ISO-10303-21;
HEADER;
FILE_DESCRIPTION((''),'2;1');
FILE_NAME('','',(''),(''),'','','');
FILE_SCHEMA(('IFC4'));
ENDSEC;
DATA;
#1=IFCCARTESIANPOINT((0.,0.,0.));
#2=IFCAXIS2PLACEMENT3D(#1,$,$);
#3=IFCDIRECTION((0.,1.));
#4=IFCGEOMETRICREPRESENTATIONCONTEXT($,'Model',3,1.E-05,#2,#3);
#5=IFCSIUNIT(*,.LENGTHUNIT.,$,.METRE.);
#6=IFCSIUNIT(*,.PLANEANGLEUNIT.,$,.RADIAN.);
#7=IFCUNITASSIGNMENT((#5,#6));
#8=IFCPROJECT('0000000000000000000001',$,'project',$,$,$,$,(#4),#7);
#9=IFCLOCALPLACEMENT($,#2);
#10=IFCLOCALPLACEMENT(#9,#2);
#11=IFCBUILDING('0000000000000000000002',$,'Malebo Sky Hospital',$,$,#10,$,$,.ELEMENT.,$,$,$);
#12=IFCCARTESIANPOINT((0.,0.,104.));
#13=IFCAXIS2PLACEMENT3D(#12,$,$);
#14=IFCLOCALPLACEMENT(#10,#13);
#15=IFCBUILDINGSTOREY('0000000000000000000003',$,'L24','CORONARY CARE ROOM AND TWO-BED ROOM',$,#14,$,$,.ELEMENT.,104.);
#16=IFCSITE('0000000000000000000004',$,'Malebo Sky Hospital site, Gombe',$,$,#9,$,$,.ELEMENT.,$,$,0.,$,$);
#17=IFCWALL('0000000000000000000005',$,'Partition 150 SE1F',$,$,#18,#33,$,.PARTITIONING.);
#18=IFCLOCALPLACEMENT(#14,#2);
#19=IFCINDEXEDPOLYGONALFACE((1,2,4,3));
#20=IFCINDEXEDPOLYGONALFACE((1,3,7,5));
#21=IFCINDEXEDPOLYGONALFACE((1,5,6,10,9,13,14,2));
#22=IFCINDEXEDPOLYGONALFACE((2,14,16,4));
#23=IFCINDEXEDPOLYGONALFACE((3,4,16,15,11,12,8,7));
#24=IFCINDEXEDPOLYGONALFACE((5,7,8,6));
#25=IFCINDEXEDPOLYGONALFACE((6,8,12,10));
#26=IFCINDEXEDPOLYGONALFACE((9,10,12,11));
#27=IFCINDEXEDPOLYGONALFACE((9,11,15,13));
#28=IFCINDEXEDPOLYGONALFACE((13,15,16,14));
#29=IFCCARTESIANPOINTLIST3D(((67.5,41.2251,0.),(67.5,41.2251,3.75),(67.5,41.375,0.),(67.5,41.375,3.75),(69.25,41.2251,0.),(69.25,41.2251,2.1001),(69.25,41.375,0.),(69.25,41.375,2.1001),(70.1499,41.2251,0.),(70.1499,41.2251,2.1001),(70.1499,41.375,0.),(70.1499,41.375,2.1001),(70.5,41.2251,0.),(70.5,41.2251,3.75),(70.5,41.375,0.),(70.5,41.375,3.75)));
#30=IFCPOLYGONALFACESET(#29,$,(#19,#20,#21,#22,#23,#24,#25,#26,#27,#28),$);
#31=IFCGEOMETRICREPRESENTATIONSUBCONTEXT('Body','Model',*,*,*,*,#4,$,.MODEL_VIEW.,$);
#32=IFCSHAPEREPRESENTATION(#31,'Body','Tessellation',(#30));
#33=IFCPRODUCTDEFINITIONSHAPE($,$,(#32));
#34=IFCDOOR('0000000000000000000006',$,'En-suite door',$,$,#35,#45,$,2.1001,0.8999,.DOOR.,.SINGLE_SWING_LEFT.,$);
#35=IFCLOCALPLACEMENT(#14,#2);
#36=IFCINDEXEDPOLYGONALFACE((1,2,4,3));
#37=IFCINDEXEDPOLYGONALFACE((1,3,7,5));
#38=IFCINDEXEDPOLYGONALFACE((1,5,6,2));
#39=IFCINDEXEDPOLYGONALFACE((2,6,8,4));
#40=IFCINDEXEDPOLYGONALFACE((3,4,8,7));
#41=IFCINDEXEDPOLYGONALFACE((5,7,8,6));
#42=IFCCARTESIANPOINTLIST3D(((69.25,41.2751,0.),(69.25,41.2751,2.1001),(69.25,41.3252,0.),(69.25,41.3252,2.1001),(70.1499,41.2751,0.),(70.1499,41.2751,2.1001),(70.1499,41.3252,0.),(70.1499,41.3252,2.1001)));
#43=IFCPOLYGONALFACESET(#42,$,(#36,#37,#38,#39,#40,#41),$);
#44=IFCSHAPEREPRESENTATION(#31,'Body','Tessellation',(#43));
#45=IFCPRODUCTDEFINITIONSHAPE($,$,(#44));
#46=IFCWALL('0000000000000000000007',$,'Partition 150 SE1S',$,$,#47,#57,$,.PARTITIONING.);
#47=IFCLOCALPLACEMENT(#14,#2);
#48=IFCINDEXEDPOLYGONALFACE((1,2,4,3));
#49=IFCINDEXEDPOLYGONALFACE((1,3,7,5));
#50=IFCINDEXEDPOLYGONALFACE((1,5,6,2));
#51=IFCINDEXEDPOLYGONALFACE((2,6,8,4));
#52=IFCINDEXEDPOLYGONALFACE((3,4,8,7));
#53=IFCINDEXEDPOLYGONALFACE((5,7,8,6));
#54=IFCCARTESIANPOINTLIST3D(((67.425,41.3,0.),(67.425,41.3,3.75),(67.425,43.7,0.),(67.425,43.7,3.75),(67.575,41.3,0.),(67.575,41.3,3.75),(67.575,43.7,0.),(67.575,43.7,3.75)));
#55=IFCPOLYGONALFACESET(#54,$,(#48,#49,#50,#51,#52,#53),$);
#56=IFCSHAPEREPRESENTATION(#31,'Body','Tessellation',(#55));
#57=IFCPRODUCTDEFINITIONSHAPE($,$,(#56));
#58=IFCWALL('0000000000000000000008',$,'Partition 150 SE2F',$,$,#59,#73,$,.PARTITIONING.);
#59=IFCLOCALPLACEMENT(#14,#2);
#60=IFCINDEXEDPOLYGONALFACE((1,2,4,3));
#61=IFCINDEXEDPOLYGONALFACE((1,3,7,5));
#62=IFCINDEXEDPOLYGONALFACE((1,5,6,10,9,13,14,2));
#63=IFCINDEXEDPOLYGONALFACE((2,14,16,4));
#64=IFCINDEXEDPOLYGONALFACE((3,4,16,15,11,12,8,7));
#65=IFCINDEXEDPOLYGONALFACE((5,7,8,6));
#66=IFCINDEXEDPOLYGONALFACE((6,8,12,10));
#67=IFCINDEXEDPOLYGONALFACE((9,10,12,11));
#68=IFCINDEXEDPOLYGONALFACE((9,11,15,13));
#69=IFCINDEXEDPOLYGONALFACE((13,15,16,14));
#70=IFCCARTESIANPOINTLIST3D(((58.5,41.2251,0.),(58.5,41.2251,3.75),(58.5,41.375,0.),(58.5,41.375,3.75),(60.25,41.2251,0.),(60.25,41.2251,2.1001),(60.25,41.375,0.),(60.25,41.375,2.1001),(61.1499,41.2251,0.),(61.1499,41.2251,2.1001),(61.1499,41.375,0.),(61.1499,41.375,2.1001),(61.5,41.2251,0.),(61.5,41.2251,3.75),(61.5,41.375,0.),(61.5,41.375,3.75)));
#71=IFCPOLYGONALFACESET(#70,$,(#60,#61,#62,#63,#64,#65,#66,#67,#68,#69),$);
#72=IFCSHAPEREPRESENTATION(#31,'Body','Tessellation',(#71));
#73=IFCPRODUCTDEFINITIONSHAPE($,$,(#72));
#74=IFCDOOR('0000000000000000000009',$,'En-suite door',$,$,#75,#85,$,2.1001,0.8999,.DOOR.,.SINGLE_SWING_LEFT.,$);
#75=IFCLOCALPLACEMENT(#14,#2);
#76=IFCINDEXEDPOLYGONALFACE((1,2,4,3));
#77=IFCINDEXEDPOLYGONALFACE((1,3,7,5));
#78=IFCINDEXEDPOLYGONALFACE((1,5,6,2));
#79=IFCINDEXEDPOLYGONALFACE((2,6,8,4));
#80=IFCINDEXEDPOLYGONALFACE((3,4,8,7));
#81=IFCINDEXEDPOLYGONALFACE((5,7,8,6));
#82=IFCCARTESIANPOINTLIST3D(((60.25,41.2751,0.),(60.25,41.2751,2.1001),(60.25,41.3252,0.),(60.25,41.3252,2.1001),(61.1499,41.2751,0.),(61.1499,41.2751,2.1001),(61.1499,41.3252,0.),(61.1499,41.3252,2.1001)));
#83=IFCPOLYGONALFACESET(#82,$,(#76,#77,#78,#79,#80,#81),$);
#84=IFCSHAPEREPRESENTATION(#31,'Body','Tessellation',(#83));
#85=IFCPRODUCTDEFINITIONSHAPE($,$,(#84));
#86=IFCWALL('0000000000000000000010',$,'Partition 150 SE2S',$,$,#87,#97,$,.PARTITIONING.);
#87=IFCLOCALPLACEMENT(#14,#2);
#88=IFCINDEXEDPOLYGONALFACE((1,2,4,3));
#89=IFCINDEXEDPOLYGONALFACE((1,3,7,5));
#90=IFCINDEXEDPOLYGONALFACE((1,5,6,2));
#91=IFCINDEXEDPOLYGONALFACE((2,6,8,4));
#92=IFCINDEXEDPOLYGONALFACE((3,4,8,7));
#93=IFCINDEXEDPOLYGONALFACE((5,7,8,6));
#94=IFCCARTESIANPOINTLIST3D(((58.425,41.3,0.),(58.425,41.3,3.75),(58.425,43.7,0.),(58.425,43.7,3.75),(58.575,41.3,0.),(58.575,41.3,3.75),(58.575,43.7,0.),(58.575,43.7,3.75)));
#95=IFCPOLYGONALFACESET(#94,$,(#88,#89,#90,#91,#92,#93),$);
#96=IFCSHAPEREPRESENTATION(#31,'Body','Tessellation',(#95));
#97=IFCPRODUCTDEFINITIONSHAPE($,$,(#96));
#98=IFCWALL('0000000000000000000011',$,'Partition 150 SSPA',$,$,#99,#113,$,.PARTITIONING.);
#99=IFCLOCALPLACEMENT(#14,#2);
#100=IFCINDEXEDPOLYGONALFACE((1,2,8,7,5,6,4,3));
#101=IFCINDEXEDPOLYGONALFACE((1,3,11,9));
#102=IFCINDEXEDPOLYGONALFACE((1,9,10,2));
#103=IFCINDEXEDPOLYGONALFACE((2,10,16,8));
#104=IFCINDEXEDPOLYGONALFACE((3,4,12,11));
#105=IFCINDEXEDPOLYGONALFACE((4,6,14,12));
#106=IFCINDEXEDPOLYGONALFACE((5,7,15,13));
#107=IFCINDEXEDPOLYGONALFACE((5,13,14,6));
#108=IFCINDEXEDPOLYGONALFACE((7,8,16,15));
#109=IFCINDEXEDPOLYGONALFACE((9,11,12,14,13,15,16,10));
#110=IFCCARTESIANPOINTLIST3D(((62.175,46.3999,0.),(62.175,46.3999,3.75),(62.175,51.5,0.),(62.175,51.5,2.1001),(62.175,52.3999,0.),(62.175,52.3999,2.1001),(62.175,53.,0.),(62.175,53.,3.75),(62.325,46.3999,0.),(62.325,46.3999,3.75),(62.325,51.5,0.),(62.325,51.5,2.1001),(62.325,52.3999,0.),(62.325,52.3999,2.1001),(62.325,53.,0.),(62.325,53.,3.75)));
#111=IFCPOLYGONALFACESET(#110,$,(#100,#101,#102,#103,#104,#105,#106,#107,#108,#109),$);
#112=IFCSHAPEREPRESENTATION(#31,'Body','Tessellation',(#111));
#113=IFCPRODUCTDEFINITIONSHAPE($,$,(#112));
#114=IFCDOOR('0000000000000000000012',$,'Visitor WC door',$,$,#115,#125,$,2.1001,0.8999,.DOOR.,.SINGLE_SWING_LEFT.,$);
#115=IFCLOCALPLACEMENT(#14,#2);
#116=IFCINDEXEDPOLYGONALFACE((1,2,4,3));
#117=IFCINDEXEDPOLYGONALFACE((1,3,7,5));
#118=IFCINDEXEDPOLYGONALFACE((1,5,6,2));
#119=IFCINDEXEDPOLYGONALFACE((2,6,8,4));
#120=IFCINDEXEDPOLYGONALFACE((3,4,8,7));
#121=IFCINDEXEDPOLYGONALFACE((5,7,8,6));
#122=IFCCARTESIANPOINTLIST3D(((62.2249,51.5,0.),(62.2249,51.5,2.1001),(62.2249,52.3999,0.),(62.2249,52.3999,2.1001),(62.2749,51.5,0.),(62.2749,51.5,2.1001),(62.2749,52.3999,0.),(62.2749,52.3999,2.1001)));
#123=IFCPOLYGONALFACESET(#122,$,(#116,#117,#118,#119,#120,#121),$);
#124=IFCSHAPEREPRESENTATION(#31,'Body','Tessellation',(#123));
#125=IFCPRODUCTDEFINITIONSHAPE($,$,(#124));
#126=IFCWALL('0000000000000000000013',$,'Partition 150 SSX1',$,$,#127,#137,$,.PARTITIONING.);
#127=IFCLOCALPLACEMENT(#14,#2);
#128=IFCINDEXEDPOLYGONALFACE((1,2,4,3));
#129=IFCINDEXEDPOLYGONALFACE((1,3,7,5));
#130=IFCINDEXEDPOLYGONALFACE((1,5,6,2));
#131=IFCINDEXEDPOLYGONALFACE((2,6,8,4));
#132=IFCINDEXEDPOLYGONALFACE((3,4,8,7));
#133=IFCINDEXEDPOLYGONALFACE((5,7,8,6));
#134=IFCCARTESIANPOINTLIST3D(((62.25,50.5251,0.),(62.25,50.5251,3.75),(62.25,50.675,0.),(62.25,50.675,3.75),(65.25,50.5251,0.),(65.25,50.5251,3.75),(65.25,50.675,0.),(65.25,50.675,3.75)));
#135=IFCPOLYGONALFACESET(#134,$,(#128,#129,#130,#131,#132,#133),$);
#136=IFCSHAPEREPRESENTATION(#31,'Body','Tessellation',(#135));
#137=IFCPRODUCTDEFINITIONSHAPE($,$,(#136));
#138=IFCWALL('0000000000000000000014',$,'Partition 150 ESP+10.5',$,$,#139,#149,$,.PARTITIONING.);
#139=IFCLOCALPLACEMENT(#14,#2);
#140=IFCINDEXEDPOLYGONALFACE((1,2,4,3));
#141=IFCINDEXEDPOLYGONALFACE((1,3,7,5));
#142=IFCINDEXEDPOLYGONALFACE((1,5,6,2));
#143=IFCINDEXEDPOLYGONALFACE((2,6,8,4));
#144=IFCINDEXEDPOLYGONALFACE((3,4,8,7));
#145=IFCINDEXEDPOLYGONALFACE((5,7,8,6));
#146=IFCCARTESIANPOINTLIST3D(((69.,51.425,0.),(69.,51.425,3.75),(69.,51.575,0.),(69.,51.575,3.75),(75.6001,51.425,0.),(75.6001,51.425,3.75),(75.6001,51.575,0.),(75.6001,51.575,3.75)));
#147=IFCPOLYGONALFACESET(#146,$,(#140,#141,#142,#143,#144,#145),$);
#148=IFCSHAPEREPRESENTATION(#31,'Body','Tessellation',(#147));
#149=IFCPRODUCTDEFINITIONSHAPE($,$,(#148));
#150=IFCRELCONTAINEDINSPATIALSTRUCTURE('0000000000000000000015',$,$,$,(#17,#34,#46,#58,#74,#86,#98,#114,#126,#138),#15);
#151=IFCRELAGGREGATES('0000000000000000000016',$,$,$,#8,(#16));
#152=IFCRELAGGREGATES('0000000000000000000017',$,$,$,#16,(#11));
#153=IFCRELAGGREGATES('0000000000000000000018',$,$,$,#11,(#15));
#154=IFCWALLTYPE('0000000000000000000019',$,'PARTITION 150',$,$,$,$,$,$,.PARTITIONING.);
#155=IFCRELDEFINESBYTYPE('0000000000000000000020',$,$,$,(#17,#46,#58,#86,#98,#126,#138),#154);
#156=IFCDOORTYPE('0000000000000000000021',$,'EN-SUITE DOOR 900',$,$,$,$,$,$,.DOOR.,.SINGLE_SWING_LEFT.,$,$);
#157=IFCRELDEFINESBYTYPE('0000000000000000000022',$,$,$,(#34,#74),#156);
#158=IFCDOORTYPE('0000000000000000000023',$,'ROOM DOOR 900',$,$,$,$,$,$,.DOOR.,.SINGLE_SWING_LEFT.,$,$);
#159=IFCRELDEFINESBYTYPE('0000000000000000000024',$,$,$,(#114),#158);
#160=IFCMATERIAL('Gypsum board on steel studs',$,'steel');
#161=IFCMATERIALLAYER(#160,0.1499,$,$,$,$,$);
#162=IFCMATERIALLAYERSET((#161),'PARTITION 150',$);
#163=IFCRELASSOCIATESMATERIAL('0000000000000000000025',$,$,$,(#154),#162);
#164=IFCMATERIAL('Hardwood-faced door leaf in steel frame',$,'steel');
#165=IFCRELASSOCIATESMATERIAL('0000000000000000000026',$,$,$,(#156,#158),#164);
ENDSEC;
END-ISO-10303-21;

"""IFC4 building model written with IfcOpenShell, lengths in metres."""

from ifc_helpers import new_model, si_unit, direction, frame, frame_2d, origin, place, context, subcontext, project, spatial, rectangle, extrude, material, layer, layer_set, type_object, element, fill, save


model = new_model("IFC4")

# Units and contexts
model_context = context("Model", 3, precision=1e-05, world=origin(), true_north=direction((0.0, 1.0)))
body_context = subcontext(model_context, "Body", "Model", "MODEL_VIEW")
ifc_project = project(units=[si_unit("LENGTHUNIT", "METRE"), si_unit("PLANEANGLEUNIT", "RADIAN")], contexts=[model_context])

# Site, building, storey
site_placement = place(None, origin())
site = spatial("IfcSite", under=ifc_project, at=site_placement, Name="Malebo Sky Hospital site, Gombe", CompositionType="ELEMENT", RefElevation=0.0)
building_placement = place(site_placement, origin())
building = spatial("IfcBuilding", under=site, at=building_placement, Name="Malebo Sky Hospital", CompositionType="ELEMENT")
storey_placement = place(building_placement, frame((0.0, 0.0, 104.0)))
storey = spatial("IfcBuildingStorey", under=building, at=storey_placement, Name="L24", Description="CORONARY CARE ROOM AND TWO-BED ROOM", CompositionType="ELEMENT", Elevation=104.0)

# Shared definitions
ifc_material_1 = material(Name="Gypsum board on steel studs", Category="steel")
ifc_layer = layer(ifc_material_1, 0.1499)
ifc_layer_set = layer_set([ifc_layer], Name="PARTITION 150")
wall_type = type_object("IfcWallType", Name="PARTITION 150", PredefinedType="PARTITIONING", material=ifc_layer_set)

# Wall, opening, door
wall_1_placement = place(storey_placement, frame((70.5, 41.3, 0.0), z_axis=(0.0, 0.0, 1.0), x_axis=(-1.0, 0.0, 0.0)))
wall_1 = element("IfcWall", 1, at=wall_1_placement, inside=storey, type_object=wall_type, Name="Partition 150 SE1F", PredefinedType="PARTITIONING", context=body_context, shape_type="SweptSolid", body=[
    extrude(rectangle(XDim=3.0, YDim=0.1499, at=frame_2d((1.5, 0.0))), origin(), (0.0, 0.0, 1.0), 3.75),
])
opening_1_placement = place(wall_1_placement, frame((0.3501, 0.0, 0.0)))
opening_1 = element("IfcOpeningElement", 2, at=opening_1_placement, cuts=wall_1, PredefinedType="OPENING", context=body_context, shape_type="SweptSolid", body=[
    extrude(rectangle(XDim=0.8999, YDim=2.1001, at=frame_2d((0.45, 1.05))), frame((0.0, 0.085, 0.0), z_axis=(0.0, -1.0, 0.0), x_axis=(1.0, 0.0, 0.0)), (0.0, 0.0, 1.0), 0.1699),
])
ifc_material_2 = material(Name="Hardwood-faced door leaf in steel frame", Category="steel")
door_type_1 = type_object("IfcDoorType", Name="EN-SUITE DOOR 900", OperationType="SINGLE_SWING_LEFT", PredefinedType="DOOR", material=ifc_material_2)
door_1_placement = place(opening_1_placement, origin())
door_1 = element("IfcDoor", 3, at=door_1_placement, inside=storey, type_object=door_type_1, Name="En-suite door", OperationType="SINGLE_SWING_LEFT", OverallHeight=2.1001, OverallWidth=0.8999, PredefinedType="DOOR", context=body_context, shape_type="SweptSolid", body=[
    extrude(rectangle(XDim=0.8999, YDim=2.1001, at=frame_2d((0.45, 1.05))), frame((0.0, 0.0249, 0.0), z_axis=(0.0, -1.0, 0.0), x_axis=(1.0, 0.0, 0.0)), (0.0, 0.0, 1.0), 0.05),
])
fill(opening_1, door_1)

# Wall
wall_2_placement = place(storey_placement, frame((67.5, 43.7, 0.0), z_axis=(0.0, 0.0, 1.0), x_axis=(0.0, -1.0, 0.0)))
element("IfcWall", 4, at=wall_2_placement, inside=storey, type_object=wall_type, Name="Partition 150 SE1S", PredefinedType="PARTITIONING", context=body_context, shape_type="SweptSolid", body=[
    extrude(rectangle(XDim=2.3999, YDim=0.1499, at=frame_2d((1.2, 0.0))), origin(), (0.0, 0.0, 1.0), 3.75),
])

# Wall, opening, door
wall_3_placement = place(storey_placement, frame((61.5, 41.3, 0.0), z_axis=(0.0, 0.0, 1.0), x_axis=(-1.0, 0.0, 0.0)))
wall_3 = element("IfcWall", 5, at=wall_3_placement, inside=storey, type_object=wall_type, Name="Partition 150 SE2F", PredefinedType="PARTITIONING", context=body_context, shape_type="SweptSolid", body=[
    extrude(rectangle(XDim=3.0, YDim=0.1499, at=frame_2d((1.5, 0.0))), origin(), (0.0, 0.0, 1.0), 3.75),
])
opening_2_placement = place(wall_3_placement, frame((0.3501, 0.0, 0.0)))
opening_2 = element("IfcOpeningElement", 6, at=opening_2_placement, cuts=wall_3, PredefinedType="OPENING", context=body_context, shape_type="SweptSolid", body=[
    extrude(rectangle(XDim=0.8999, YDim=2.1001, at=frame_2d((0.45, 1.05))), frame((0.0, 0.085, 0.0), z_axis=(0.0, -1.0, 0.0), x_axis=(1.0, 0.0, 0.0)), (0.0, 0.0, 1.0), 0.1699),
])
door_2_placement = place(opening_2_placement, origin())
door_2 = element("IfcDoor", 7, at=door_2_placement, inside=storey, type_object=door_type_1, Name="En-suite door", OperationType="SINGLE_SWING_LEFT", OverallHeight=2.1001, OverallWidth=0.8999, PredefinedType="DOOR", context=body_context, shape_type="SweptSolid", body=[
    extrude(rectangle(XDim=0.8999, YDim=2.1001, at=frame_2d((0.45, 1.05))), frame((0.0, 0.0249, 0.0), z_axis=(0.0, -1.0, 0.0), x_axis=(1.0, 0.0, 0.0)), (0.0, 0.0, 1.0), 0.05),
])
fill(opening_2, door_2)

# Wall
wall_4_placement = place(storey_placement, frame((58.5, 43.7, 0.0), z_axis=(0.0, 0.0, 1.0), x_axis=(0.0, -1.0, 0.0)))
element("IfcWall", 8, at=wall_4_placement, inside=storey, type_object=wall_type, Name="Partition 150 SE2S", PredefinedType="PARTITIONING", context=body_context, shape_type="SweptSolid", body=[
    extrude(rectangle(XDim=2.3999, YDim=0.1499, at=frame_2d((1.2, 0.0))), origin(), (0.0, 0.0, 1.0), 3.75),
])

# Wall, opening, door
wall_5_placement = place(storey_placement, frame((62.25, 53.0, 0.0), z_axis=(0.0, 0.0, 1.0), x_axis=(0.0, -1.0, 0.0)))
wall_5 = element("IfcWall", 9, at=wall_5_placement, inside=storey, type_object=wall_type, Name="Partition 150 SSPA", PredefinedType="PARTITIONING", context=body_context, shape_type="SweptSolid", body=[
    extrude(rectangle(XDim=6.6001, YDim=0.1499, at=frame_2d((3.3, 0.0))), origin(), (0.0, 0.0, 1.0), 3.75),
])
opening_3_placement = place(wall_5_placement, frame((0.6001, 0.0, 0.0)))
opening_3 = element("IfcOpeningElement", 10, at=opening_3_placement, cuts=wall_5, PredefinedType="OPENING", context=body_context, shape_type="SweptSolid", body=[
    extrude(rectangle(XDim=0.8999, YDim=2.1001, at=frame_2d((0.45, 1.05))), frame((0.0, 0.085, 0.0), z_axis=(0.0, -1.0, 0.0), x_axis=(1.0, 0.0, 0.0)), (0.0, 0.0, 1.0), 0.1699),
])
door_type_2 = type_object("IfcDoorType", Name="ROOM DOOR 900", OperationType="SINGLE_SWING_LEFT", PredefinedType="DOOR", material=ifc_material_2)
door_3_placement = place(opening_3_placement, origin())
door_3 = element("IfcDoor", 11, at=door_3_placement, inside=storey, type_object=door_type_2, Name="Visitor WC door", OperationType="SINGLE_SWING_LEFT", OverallHeight=2.1001, OverallWidth=0.8999, PredefinedType="DOOR", context=body_context, shape_type="SweptSolid", body=[
    extrude(rectangle(XDim=0.8999, YDim=2.1001, at=frame_2d((0.45, 1.05))), frame((0.0, 0.0249, 0.0), z_axis=(0.0, -1.0, 0.0), x_axis=(1.0, 0.0, 0.0)), (0.0, 0.0, 1.0), 0.05),
])
fill(opening_3, door_3)

# Walls
wall_6_placement = place(storey_placement, frame((65.25, 50.6001, 0.0), z_axis=(0.0, 0.0, 1.0), x_axis=(-1.0, 0.0, 0.0)))
element("IfcWall", 12, at=wall_6_placement, inside=storey, type_object=wall_type, Name="Partition 150 SSX1", PredefinedType="PARTITIONING", context=body_context, shape_type="SweptSolid", body=[
    extrude(rectangle(XDim=3.0, YDim=0.1499, at=frame_2d((1.5, 0.0))), origin(), (0.0, 0.0, 1.0), 3.75),
])
wall_7_placement = place(storey_placement, frame((69.0, 51.5, 0.0), z_axis=(0.0, 0.0, 1.0), x_axis=(1.0, 0.0, 0.0)))
element("IfcWall", 13, at=wall_7_placement, inside=storey, type_object=wall_type, Name="Partition 150 ESP+10.5", PredefinedType="PARTITIONING", context=body_context, shape_type="SweptSolid", body=[
    extrude(rectangle(XDim=6.6001, YDim=0.1499, at=frame_2d((3.3, 0.0))), origin(), (0.0, 0.0, 1.0), 3.75),
])

save(model, "model.ifc")
